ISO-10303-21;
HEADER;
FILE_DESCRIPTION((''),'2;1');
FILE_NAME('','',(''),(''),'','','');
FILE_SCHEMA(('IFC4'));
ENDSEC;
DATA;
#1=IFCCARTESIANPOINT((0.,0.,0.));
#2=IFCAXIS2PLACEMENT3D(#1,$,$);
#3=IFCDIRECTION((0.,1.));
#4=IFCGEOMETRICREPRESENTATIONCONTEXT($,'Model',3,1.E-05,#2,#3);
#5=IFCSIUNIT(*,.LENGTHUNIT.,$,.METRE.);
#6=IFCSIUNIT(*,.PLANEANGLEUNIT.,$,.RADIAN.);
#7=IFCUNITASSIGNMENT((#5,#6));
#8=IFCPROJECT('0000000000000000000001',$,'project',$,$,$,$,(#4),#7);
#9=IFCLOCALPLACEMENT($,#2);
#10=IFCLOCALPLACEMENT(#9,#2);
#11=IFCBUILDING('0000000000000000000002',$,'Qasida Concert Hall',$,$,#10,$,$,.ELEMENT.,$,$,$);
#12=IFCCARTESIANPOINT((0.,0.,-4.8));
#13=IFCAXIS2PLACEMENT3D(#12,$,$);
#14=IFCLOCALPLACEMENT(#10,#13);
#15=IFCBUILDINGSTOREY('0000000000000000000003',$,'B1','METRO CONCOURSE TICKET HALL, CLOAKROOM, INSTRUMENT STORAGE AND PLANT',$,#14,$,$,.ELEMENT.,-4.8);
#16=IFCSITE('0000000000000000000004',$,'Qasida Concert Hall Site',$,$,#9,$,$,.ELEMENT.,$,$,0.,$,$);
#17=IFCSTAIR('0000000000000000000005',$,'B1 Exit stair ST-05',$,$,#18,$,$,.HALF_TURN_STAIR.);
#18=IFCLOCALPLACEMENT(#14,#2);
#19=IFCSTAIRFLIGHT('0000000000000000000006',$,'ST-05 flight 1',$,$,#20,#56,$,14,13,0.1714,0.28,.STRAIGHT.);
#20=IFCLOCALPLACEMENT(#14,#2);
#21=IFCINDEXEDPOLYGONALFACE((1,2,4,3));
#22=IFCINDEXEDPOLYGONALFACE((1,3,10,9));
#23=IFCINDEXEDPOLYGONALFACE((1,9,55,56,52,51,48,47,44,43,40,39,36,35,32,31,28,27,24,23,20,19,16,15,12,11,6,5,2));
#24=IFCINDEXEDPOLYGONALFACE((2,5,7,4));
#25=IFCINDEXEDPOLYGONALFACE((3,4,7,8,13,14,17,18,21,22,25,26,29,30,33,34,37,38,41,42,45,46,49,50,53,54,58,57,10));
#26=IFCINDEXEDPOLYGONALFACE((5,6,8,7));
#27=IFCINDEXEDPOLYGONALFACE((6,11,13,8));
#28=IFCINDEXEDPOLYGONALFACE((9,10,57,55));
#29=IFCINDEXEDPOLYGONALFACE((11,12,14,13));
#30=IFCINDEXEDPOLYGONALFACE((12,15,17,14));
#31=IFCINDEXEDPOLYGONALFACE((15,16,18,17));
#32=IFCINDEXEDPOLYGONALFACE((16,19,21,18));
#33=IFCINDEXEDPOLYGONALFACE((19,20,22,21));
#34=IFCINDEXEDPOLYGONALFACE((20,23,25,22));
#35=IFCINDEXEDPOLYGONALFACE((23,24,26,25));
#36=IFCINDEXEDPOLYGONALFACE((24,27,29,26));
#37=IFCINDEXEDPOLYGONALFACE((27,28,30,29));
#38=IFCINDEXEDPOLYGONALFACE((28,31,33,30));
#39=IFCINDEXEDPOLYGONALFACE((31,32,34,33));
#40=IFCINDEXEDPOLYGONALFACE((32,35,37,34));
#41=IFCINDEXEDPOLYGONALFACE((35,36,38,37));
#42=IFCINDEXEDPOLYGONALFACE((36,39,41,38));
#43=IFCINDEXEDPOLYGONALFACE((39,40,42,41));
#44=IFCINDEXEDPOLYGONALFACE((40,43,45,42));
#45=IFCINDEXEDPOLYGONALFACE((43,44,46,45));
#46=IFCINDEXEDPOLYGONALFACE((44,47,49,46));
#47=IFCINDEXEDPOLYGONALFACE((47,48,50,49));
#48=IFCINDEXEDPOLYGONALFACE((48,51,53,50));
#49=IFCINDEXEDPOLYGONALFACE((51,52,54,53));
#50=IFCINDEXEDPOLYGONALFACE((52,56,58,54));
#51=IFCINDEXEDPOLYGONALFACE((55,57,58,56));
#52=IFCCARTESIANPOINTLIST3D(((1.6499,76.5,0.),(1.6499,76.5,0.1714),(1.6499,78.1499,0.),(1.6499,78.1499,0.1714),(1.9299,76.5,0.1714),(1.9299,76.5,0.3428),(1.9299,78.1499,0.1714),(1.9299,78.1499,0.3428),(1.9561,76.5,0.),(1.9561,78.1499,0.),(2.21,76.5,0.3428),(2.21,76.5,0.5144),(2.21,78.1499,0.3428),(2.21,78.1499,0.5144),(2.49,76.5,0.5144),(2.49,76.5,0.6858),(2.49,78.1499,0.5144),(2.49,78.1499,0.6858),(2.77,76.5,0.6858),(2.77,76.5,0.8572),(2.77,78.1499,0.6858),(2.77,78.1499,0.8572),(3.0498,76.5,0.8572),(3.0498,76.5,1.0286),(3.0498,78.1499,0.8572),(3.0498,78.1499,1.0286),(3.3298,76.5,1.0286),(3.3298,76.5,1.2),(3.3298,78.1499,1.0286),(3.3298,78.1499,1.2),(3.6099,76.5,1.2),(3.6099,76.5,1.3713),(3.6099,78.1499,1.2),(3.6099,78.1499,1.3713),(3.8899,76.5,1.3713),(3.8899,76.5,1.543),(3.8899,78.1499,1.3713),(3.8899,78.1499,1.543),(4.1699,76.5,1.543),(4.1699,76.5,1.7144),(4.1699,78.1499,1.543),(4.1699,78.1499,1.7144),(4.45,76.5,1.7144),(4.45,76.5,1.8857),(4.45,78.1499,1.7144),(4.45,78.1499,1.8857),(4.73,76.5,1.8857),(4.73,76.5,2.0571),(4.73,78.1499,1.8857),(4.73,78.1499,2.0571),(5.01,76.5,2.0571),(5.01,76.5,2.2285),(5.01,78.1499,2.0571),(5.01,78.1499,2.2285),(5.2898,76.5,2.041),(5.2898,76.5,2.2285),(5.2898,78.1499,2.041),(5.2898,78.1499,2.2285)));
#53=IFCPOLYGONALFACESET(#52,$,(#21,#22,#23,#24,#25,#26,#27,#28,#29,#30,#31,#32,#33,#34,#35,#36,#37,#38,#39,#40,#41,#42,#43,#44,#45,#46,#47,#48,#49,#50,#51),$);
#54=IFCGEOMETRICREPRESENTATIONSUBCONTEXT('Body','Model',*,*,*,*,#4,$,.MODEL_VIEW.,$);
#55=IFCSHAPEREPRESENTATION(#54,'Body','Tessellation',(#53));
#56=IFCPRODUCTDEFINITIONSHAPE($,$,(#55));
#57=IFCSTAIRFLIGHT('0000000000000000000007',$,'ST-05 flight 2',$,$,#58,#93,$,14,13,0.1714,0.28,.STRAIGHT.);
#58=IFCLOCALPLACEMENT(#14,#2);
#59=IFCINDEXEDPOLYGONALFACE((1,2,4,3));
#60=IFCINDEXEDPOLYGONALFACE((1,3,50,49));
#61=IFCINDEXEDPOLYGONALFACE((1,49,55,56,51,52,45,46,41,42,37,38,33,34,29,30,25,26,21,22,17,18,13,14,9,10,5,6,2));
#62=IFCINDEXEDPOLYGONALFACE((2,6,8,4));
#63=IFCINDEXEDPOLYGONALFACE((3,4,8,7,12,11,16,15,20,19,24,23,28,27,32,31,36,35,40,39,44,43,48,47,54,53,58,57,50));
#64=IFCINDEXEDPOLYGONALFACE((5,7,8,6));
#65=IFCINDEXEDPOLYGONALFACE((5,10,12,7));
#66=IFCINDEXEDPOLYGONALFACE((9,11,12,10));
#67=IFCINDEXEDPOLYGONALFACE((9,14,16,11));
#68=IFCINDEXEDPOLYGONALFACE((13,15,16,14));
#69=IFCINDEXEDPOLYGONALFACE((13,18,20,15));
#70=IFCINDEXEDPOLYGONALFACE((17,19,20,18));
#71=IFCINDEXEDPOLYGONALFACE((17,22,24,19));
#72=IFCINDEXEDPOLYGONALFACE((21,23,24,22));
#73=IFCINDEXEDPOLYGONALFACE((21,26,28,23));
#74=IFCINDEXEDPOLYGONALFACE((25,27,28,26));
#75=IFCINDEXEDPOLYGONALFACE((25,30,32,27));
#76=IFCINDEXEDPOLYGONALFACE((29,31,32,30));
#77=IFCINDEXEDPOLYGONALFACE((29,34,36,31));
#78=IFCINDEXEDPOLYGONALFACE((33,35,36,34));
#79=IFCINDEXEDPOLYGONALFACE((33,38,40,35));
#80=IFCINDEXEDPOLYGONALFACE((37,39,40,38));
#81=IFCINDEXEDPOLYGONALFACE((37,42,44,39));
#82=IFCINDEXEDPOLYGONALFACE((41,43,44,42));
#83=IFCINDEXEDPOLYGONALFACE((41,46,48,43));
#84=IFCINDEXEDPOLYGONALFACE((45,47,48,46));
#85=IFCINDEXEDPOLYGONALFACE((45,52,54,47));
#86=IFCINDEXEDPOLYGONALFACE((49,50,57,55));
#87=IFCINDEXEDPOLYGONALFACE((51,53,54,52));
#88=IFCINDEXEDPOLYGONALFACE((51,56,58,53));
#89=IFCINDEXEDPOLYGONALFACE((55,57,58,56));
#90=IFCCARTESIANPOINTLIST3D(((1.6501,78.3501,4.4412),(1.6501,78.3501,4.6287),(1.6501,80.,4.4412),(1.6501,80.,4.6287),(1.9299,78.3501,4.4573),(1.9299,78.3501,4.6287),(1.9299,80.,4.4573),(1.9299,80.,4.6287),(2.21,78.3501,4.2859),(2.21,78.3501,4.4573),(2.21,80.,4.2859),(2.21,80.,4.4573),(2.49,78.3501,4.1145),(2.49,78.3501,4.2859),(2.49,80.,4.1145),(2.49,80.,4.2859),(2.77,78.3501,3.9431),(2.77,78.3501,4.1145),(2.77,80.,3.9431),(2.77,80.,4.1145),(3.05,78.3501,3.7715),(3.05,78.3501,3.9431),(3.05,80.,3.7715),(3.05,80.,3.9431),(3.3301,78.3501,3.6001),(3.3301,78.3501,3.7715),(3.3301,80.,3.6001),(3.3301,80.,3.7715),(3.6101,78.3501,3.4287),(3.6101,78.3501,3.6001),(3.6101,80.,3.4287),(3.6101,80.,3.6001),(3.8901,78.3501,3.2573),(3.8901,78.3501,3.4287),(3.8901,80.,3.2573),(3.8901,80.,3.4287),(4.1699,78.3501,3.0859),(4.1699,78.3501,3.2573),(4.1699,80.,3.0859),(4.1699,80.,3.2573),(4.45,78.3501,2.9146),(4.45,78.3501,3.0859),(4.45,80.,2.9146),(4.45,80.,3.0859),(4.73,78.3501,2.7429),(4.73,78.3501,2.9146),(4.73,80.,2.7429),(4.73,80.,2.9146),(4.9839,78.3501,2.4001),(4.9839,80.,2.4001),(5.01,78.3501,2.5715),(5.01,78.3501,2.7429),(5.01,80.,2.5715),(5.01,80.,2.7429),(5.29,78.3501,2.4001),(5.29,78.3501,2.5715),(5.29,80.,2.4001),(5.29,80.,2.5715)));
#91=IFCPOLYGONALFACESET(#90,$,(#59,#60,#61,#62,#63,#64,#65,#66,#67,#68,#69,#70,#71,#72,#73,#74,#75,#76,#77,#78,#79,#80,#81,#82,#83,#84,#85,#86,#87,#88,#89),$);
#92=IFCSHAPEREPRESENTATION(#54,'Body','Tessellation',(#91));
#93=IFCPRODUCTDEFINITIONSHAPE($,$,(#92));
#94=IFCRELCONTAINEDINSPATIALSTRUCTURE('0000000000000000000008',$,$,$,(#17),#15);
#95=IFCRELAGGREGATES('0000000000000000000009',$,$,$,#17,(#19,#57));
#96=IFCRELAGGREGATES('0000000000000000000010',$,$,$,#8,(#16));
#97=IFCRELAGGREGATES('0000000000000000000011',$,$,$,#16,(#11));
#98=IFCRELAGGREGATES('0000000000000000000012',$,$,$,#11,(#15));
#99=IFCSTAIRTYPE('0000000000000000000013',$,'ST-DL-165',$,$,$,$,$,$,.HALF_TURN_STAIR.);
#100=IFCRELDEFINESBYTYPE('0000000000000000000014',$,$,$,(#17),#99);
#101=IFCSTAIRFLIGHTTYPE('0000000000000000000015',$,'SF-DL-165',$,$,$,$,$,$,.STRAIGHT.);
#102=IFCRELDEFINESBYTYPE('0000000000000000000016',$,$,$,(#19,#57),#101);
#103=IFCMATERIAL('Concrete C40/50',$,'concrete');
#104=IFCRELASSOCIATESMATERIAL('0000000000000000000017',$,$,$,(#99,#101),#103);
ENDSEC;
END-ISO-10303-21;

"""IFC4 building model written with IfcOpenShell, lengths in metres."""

from ifc_helpers import new_model, si_unit, direction, frame, origin, place, context, subcontext, project, spatial, polyline, outline, extrude, material, type_object, element, aggregate, save


model = new_model("IFC4")

# Units and contexts
model_context = context("Model", 3, precision=1e-05, world=origin(), true_north=direction((0.0, 1.0)))
body_context = subcontext(model_context, "Body", "Model", "MODEL_VIEW")
ifc_project = project(units=[si_unit("LENGTHUNIT", "METRE"), si_unit("PLANEANGLEUNIT", "RADIAN")], contexts=[model_context])

# Site, building, storey
site_placement = place(None, origin())
site = spatial("IfcSite", under=ifc_project, at=site_placement, Name="Qasida Concert Hall Site", CompositionType="ELEMENT", RefElevation=0.0)
building_placement = place(site_placement, origin())
building = spatial("IfcBuilding", under=site, at=building_placement, Name="Qasida Concert Hall", CompositionType="ELEMENT")
storey_placement = place(building_placement, frame((0.0, 0.0, -4.8)))
storey = spatial("IfcBuildingStorey", under=building, at=storey_placement, Name="B1", Description="METRO CONCOURSE TICKET HALL, CLOAKROOM, INSTRUMENT STORAGE AND PLANT", CompositionType="ELEMENT", Elevation=-4.8)

# Shared definitions
ifc_material_1 = material(Name="Concrete C40/50", Category="concrete")

# Stair, stair flights
stair_type = type_object("IfcStairType", Name="ST-DL-165", PredefinedType="HALF_TURN_STAIR", material=ifc_material_1)
stair_placement = place(storey_placement, origin())
stair = element("IfcStair", 1, at=stair_placement, inside=storey, type_object=stair_type, Name="B1 Exit stair ST-05", PredefinedType="HALF_TURN_STAIR")
stair_flight_type = type_object("IfcStairFlightType", Name="SF-DL-165", PredefinedType="STRAIGHT", material=ifc_material_1)
stair_flight_1_placement = place(storey_placement, frame((1.6499, 77.325, 0.0), z_axis=(0.0, 0.0, 1.0), x_axis=(1.0, 0.0, 0.0)))
stair_flight_1 = element("IfcStairFlight", 2, at=stair_flight_1_placement, type_object=stair_flight_type, Name="ST-05 flight 1", NumberOfRisers=14, NumberOfTreads=13, PredefinedType="STRAIGHT", RiserHeight=0.1714, TreadLength=0.28, context=body_context, shape_type="SweptSolid", body=[
    extrude(outline(polyline([(0.0, 0.0), (0.0, 0.1714), (0.28, 0.1714), (0.28, 0.3428), (0.5601, 0.3428), (0.5601, 0.5144), (0.8401, 0.5144), (0.8401, 0.6858), (1.1201, 0.6858), (1.1201, 0.8572), (1.3999, 0.8572), (1.3999, 1.0286), (1.6799, 1.0286), (1.6799, 1.2), (1.96, 1.2), (1.96, 1.3713), (2.24, 1.3713), (2.24, 1.543), (2.52, 1.543), (2.52, 1.7144), (2.8, 1.7144), (2.8, 1.8857), (3.0801, 1.8857), (3.0801, 2.0571), (3.3601, 2.0571), (3.3601, 2.2285), (3.6399, 2.2285), (3.6399, 2.3999), (3.6399, 2.041), (0.3062, 0.0), (0.0, 0.0)])), frame((0.0, 0.825, 0.0), z_axis=(0.0, -1.0, 0.0), x_axis=(1.0, 0.0, 0.0)), (0.0, 0.0, 1.0), 1.6499),
])
stair_flight_2_placement = place(storey_placement, frame((5.29, 79.175, 2.4001), z_axis=(0.0, 0.0, 1.0), x_axis=(-1.0, 0.0, 0.0)))
stair_flight_2 = element("IfcStairFlight", 3, at=stair_flight_2_placement, type_object=stair_flight_type, Name="ST-05 flight 2", NumberOfRisers=14, NumberOfTreads=13, PredefinedType="STRAIGHT", RiserHeight=0.1714, TreadLength=0.28, context=body_context, shape_type="SweptSolid", body=[
    extrude(outline(polyline([(0.0, 0.0), (0.0, 0.1714), (0.28, 0.1714), (0.28, 0.3428), (0.5601, 0.3428), (0.5601, 0.5144), (0.8401, 0.5144), (0.8401, 0.6858), (1.1201, 0.6858), (1.1201, 0.8572), (1.3999, 0.8572), (1.3999, 1.0286), (1.6799, 1.0286), (1.6799, 1.2), (1.96, 1.2), (1.96, 1.3713), (2.24, 1.3713), (2.24, 1.543), (2.52, 1.543), (2.52, 1.7144), (2.8, 1.7144), (2.8, 1.8857), (3.0801, 1.8857), (3.0801, 2.0571), (3.3601, 2.0571), (3.3601, 2.2285), (3.6399, 2.2285), (3.6399, 2.3999), (3.6399, 2.041), (0.3062, 0.0), (0.0, 0.0)])), frame((0.0, 0.825, 0.0), z_axis=(0.0, -1.0, 0.0), x_axis=(1.0, 0.0, 0.0)), (0.0, 0.0, 1.0), 1.6499),
])
aggregate(stair, [stair_flight_1, stair_flight_2])

save(model, "model.ifc")
